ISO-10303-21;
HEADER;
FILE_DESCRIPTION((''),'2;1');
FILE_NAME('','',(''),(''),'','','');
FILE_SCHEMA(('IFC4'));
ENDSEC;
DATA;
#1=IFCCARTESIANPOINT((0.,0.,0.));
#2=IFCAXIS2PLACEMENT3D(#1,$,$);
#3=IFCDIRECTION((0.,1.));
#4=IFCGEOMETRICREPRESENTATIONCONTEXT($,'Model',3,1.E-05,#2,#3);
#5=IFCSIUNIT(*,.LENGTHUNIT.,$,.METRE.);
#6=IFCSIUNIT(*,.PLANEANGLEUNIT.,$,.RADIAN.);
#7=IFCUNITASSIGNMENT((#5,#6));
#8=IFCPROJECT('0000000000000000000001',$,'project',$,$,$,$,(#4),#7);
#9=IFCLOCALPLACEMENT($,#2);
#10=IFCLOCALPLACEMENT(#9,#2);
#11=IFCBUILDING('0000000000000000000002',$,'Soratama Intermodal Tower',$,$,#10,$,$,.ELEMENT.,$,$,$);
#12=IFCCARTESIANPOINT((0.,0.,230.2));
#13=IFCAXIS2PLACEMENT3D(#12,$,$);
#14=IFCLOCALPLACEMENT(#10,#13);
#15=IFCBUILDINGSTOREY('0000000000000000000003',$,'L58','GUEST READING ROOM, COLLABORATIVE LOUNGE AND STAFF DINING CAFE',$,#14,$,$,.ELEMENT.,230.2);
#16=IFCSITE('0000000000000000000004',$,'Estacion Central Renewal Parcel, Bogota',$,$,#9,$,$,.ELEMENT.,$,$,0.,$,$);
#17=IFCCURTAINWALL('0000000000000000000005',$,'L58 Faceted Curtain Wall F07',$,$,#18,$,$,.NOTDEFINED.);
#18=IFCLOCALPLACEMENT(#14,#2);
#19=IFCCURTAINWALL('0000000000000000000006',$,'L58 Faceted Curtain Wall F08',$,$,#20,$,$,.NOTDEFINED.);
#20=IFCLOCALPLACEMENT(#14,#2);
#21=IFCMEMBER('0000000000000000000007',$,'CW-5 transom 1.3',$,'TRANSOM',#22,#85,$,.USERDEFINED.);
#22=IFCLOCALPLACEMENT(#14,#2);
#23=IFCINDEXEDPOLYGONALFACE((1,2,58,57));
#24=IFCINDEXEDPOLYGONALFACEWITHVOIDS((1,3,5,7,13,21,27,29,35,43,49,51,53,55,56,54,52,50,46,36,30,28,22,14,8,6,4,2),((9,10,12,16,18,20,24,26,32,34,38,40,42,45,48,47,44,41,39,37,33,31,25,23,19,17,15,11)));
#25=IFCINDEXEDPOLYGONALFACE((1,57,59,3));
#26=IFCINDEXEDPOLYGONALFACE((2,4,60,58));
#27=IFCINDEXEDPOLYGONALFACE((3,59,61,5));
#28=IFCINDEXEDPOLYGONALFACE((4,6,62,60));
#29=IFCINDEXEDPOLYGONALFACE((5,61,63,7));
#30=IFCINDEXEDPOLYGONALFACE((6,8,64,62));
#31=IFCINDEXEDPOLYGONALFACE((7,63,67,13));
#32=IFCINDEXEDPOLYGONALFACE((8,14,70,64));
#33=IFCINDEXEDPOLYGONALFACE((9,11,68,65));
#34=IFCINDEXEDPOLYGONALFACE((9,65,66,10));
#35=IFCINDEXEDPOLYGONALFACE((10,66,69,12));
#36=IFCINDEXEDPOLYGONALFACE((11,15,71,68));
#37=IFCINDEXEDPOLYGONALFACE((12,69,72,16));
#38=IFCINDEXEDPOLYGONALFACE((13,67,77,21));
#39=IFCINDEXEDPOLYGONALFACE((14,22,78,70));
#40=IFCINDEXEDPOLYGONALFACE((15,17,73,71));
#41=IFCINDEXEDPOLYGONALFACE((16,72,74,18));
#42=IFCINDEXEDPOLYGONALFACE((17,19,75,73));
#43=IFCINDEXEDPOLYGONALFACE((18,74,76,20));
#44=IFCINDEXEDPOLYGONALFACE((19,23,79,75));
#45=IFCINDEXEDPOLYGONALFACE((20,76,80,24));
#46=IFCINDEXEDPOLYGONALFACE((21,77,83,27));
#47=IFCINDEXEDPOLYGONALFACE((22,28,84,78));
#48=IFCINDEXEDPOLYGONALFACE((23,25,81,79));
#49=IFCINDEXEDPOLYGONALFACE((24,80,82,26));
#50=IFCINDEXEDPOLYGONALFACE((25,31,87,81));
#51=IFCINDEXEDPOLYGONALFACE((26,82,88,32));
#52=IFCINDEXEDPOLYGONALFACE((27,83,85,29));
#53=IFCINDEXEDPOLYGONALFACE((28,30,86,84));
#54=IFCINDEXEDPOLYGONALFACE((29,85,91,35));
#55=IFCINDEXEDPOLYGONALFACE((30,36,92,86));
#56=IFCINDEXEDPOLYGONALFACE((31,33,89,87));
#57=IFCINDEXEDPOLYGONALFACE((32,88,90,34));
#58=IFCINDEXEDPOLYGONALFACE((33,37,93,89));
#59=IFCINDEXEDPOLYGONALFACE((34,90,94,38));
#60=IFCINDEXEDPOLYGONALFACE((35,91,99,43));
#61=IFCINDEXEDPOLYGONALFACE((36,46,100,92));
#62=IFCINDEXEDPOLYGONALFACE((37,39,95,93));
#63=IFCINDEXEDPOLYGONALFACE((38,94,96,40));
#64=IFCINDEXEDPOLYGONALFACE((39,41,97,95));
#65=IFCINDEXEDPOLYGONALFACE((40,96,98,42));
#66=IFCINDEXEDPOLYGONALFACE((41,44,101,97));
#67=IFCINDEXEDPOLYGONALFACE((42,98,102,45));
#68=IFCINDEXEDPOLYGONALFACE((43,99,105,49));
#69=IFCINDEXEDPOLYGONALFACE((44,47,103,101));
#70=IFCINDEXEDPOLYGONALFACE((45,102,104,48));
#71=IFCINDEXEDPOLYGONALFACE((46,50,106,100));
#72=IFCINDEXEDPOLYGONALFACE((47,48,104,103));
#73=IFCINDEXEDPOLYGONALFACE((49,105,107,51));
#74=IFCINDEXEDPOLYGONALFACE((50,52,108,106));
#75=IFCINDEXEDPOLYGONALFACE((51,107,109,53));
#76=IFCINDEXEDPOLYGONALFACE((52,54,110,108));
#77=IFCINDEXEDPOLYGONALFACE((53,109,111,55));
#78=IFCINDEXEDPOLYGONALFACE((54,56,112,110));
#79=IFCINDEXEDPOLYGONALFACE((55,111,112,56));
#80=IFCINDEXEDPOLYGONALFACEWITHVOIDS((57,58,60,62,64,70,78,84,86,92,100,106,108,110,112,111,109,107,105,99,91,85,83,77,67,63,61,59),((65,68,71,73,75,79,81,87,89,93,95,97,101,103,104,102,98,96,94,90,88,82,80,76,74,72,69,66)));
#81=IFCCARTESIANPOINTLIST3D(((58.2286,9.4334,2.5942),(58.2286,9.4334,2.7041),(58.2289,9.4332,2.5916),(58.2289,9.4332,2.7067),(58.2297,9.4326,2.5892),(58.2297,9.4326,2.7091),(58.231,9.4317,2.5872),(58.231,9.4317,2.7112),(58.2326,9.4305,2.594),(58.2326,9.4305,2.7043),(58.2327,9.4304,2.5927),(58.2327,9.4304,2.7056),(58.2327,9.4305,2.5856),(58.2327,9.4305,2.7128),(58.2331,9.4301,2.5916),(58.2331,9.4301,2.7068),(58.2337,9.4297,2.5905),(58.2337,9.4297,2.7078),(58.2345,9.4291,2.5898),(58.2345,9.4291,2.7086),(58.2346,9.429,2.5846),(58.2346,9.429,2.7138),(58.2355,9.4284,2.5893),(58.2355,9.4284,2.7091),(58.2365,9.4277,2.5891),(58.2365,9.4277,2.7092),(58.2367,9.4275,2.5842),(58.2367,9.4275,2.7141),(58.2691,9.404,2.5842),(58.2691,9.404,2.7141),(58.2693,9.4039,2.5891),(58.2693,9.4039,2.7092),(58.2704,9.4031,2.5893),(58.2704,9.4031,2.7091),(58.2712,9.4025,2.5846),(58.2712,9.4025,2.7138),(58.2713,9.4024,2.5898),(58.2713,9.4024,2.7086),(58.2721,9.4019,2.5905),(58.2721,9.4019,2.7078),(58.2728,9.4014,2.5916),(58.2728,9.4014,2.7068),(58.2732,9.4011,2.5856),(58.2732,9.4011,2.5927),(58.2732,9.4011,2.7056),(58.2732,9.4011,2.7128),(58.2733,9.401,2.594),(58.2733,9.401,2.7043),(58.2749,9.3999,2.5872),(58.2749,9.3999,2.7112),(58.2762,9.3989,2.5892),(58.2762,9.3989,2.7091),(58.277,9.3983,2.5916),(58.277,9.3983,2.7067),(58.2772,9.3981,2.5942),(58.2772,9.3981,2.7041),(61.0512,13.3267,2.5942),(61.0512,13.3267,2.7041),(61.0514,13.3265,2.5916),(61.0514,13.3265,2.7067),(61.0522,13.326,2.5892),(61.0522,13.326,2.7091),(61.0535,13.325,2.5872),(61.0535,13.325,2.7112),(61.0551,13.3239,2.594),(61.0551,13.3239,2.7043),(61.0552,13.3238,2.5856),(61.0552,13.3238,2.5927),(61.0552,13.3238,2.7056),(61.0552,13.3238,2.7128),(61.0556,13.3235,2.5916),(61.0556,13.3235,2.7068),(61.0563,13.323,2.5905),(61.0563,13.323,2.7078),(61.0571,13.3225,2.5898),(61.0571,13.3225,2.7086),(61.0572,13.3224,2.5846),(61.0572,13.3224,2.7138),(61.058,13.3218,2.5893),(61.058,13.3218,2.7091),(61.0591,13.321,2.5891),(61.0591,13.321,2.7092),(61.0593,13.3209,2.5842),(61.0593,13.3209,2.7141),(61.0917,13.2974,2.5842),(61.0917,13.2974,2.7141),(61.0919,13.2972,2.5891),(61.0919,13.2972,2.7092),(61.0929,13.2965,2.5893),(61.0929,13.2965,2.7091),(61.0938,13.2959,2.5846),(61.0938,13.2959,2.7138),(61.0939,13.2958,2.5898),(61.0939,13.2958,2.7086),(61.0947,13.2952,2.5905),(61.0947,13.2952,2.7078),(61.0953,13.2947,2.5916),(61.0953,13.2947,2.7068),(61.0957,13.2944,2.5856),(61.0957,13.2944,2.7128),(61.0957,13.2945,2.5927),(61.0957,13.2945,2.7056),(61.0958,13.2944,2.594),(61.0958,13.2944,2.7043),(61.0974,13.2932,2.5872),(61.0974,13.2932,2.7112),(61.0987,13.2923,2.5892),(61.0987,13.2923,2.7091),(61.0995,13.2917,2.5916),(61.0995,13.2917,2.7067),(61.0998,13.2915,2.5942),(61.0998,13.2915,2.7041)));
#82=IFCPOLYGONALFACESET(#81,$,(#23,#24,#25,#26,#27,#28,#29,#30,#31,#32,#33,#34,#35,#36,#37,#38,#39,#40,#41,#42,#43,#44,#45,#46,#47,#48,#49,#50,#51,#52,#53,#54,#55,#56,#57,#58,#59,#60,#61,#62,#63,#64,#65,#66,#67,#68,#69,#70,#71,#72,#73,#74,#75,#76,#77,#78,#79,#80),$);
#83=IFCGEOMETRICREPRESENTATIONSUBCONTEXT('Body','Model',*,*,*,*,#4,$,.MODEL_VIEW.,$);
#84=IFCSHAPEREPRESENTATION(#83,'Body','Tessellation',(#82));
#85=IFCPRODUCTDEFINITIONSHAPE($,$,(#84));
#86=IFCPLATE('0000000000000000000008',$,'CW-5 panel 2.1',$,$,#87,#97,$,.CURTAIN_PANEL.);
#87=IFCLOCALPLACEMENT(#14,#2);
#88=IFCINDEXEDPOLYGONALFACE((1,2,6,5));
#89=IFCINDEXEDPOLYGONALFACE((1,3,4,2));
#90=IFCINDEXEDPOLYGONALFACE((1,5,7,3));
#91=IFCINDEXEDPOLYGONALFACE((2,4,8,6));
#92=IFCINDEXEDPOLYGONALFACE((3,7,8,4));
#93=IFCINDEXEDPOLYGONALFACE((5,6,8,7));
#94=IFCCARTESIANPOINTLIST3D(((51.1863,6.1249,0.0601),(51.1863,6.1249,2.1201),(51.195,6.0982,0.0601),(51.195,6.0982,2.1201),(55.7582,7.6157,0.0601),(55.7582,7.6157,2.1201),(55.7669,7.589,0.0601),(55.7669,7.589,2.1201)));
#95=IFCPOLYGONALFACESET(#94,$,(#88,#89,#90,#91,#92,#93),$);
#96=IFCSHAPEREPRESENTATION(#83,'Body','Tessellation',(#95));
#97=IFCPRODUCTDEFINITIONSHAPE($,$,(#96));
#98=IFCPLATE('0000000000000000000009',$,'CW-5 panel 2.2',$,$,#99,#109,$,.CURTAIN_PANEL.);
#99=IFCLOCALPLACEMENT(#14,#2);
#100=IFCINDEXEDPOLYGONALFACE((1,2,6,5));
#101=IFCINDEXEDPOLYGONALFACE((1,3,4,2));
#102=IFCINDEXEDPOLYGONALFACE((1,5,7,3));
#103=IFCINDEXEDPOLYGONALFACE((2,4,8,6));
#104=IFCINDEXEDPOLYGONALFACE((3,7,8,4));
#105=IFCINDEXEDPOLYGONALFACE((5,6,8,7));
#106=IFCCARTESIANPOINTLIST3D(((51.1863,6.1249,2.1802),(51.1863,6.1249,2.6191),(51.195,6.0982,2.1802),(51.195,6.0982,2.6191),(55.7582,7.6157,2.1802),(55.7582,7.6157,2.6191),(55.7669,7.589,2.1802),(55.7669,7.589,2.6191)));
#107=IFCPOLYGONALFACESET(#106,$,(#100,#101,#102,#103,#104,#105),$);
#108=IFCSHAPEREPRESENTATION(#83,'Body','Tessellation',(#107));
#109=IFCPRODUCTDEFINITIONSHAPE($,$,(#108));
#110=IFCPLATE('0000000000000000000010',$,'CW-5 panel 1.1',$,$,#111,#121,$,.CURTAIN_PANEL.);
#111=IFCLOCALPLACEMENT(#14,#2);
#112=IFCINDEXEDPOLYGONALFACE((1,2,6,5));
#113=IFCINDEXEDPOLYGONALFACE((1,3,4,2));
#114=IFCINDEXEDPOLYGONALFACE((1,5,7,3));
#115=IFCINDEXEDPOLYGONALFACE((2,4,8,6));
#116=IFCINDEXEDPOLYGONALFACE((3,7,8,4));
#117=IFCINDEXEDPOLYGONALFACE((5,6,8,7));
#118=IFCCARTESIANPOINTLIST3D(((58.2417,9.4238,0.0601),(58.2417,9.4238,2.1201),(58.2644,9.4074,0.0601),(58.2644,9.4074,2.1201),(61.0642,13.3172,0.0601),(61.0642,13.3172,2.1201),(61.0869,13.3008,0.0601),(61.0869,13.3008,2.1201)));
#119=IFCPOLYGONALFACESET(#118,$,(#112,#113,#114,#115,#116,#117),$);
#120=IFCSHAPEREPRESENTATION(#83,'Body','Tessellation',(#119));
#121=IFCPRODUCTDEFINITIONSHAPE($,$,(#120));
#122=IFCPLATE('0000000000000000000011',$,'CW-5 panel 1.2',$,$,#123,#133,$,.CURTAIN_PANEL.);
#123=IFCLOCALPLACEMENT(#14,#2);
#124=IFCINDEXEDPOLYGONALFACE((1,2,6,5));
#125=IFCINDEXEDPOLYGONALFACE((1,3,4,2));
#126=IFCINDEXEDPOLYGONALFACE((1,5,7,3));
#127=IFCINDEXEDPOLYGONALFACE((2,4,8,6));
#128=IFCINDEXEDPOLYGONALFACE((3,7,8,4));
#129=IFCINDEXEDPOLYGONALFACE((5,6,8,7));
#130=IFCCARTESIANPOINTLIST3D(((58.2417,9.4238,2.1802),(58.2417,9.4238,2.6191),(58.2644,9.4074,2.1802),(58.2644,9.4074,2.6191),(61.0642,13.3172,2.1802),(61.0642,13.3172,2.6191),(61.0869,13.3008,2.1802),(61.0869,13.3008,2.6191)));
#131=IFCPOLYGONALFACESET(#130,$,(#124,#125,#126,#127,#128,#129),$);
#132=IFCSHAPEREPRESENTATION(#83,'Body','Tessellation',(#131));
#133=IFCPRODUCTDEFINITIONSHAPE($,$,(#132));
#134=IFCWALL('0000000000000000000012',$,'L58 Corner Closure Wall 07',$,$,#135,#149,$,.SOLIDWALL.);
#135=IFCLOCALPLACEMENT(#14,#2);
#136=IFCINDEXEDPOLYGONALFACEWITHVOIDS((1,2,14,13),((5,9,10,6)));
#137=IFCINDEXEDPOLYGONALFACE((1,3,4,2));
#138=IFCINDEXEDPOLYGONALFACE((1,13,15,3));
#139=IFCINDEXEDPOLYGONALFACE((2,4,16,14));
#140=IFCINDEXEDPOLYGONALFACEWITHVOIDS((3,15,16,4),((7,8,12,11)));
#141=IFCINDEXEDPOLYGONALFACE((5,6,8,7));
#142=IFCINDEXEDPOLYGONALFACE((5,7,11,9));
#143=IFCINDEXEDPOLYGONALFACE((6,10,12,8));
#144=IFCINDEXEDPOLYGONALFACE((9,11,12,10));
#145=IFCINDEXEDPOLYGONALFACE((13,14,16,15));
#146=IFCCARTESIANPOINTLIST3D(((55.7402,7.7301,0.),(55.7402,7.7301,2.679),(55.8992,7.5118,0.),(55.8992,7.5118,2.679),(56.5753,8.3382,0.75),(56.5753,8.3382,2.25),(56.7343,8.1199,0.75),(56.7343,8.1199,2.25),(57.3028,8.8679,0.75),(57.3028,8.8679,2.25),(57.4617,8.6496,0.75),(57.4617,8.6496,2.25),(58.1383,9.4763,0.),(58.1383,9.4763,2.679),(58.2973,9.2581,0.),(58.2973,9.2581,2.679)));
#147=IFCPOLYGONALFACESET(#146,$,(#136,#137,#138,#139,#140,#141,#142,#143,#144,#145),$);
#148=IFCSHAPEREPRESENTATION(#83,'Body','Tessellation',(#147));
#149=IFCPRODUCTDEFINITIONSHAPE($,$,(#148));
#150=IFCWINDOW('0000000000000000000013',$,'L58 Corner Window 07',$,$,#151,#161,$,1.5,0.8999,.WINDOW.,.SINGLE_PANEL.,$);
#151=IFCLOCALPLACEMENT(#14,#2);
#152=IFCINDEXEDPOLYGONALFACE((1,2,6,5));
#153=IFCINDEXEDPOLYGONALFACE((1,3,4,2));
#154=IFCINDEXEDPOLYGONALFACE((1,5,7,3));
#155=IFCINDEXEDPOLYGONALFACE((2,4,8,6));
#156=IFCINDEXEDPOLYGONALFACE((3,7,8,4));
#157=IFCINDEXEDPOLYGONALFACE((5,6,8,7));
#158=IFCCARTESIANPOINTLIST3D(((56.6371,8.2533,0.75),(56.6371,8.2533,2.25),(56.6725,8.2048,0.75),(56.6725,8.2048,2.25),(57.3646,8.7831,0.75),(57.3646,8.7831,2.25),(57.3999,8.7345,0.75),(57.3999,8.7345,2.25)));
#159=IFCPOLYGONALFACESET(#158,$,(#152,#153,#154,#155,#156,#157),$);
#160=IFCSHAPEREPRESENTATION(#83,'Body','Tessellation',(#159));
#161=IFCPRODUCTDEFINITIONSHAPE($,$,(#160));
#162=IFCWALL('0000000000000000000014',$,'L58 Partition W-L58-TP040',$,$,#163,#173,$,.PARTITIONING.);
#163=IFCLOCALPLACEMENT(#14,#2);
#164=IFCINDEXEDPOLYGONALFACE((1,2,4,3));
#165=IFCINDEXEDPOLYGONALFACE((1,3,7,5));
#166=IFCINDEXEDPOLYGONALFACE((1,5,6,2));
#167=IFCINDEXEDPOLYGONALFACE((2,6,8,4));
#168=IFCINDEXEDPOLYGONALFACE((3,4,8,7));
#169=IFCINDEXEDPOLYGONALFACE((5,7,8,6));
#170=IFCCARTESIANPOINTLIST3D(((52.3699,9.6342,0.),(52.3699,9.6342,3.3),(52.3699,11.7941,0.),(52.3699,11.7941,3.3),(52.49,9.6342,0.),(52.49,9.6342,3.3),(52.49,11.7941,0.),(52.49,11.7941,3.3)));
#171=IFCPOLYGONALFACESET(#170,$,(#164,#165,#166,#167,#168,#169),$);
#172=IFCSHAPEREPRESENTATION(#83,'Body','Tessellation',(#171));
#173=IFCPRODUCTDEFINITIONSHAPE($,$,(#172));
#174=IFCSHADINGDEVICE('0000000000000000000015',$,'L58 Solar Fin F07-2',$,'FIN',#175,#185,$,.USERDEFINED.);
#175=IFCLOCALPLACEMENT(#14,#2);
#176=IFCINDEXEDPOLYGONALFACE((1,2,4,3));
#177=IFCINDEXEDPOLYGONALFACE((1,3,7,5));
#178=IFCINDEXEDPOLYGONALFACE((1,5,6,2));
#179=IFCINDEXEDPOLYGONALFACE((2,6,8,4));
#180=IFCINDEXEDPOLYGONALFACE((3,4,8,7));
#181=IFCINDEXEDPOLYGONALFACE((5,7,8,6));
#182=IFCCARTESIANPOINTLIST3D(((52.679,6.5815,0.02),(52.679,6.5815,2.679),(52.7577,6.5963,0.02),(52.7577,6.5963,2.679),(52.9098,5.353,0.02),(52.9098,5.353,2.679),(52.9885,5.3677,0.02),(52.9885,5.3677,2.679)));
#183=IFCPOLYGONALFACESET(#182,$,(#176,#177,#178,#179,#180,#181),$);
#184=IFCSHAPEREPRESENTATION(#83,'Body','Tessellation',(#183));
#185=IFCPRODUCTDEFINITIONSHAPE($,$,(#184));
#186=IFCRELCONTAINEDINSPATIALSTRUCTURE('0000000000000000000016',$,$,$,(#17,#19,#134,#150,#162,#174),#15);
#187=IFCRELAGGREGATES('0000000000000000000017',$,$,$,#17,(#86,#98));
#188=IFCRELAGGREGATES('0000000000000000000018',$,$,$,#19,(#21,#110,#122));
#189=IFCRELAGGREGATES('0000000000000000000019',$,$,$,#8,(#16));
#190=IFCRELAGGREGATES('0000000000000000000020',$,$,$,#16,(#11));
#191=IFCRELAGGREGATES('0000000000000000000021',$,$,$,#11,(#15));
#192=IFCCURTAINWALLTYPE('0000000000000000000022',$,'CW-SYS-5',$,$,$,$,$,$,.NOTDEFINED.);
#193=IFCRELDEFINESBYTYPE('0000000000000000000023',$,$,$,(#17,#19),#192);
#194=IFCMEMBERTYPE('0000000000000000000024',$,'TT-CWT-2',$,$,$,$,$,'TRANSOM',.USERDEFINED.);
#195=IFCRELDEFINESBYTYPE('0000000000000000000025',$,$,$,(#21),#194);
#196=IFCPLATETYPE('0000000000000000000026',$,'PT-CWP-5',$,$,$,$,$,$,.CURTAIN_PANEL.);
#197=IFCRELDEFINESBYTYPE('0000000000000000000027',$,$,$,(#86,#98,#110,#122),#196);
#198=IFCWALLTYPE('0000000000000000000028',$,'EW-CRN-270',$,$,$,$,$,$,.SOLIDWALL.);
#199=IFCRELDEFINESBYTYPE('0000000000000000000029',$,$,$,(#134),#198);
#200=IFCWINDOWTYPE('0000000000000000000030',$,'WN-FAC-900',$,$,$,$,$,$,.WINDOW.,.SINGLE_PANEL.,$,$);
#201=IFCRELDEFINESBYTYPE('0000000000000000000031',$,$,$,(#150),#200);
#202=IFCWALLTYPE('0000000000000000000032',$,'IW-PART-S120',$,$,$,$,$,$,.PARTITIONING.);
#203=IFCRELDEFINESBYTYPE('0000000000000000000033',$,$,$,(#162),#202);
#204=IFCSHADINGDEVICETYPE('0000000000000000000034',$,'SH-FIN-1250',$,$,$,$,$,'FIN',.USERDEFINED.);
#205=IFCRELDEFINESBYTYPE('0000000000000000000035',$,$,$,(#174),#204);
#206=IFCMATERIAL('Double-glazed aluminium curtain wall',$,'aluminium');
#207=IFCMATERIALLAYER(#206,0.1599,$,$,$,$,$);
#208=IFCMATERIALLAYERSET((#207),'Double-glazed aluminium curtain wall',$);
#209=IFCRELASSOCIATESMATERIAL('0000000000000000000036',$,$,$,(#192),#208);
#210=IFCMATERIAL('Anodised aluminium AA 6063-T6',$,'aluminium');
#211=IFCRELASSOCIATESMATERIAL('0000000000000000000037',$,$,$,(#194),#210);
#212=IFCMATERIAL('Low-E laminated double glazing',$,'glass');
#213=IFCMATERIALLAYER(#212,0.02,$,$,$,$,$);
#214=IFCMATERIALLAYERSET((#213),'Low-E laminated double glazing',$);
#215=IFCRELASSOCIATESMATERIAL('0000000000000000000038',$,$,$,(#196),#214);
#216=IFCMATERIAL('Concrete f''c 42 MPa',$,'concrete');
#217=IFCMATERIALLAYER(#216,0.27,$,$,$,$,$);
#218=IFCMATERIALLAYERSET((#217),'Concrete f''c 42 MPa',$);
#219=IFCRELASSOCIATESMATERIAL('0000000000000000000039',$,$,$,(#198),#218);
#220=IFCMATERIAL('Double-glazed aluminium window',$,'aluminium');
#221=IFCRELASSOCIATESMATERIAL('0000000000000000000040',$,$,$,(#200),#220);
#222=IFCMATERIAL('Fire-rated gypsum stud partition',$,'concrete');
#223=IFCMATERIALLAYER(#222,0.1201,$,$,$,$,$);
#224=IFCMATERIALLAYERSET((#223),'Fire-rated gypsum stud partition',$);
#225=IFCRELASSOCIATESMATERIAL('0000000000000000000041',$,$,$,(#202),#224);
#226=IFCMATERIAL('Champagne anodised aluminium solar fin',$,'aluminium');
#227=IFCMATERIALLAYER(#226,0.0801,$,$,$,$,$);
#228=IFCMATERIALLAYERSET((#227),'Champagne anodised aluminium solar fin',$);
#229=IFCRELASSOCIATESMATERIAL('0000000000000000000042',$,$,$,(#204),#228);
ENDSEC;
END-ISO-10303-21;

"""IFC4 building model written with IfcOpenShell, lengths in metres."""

from ifc_helpers import new_model, si_unit, direction, frame, frame_2d, origin, origin_2d, place, context, subcontext, project, spatial, rectangle, hollow_rectangle, extrude, material, layer, layer_set, material_profile, profile_set, type_object, element, fill, aggregate, save


model = new_model("IFC4")

# Units and contexts
model_context = context("Model", 3, precision=1e-05, world=origin(), true_north=direction((0.0, 1.0)))
body_context = subcontext(model_context, "Body", "Model", "MODEL_VIEW")
ifc_project = project(units=[si_unit("LENGTHUNIT", "METRE"), si_unit("PLANEANGLEUNIT", "RADIAN")], contexts=[model_context])

# Site, building, storey
site_placement = place(None, origin())
site = spatial("IfcSite", under=ifc_project, at=site_placement, Name="Estacion Central Renewal Parcel, Bogota", CompositionType="ELEMENT", RefElevation=0.0)
building_placement = place(site_placement, origin())
building = spatial("IfcBuilding", under=site, at=building_placement, Name="Soratama Intermodal Tower", CompositionType="ELEMENT")
storey_placement = place(building_placement, frame((0.0, 0.0, 230.2)))
storey = spatial("IfcBuildingStorey", under=building, at=storey_placement, Name="L58", Description="GUEST READING ROOM, COLLABORATIVE LOUNGE AND STAFF DINING CAFE", CompositionType="ELEMENT", Elevation=230.2)

# Curtain walls
ifc_material_1 = material(Name="Double-glazed aluminium curtain wall", Category="aluminium")
ifc_layer_1 = layer(ifc_material_1, 0.1599)
ifc_layer_set_1 = layer_set([ifc_layer_1], Name="Double-glazed aluminium curtain wall")
curtain_wall_type = type_object("IfcCurtainWallType", Name="CW-SYS-5", PredefinedType="NOTDEFINED", material=ifc_layer_set_1)
curtain_wall_1_placement = place(storey_placement, origin())
curtain_wall_1 = element("IfcCurtainWall", 1, at=curtain_wall_1_placement, inside=storey, type_object=curtain_wall_type, Name="L58 Faceted Curtain Wall F07", PredefinedType="NOTDEFINED")
curtain_wall_2_placement = place(storey_placement, origin())
curtain_wall_2 = element("IfcCurtainWall", 2, at=curtain_wall_2_placement, inside=storey, type_object=curtain_wall_type, Name="L58 Faceted Curtain Wall F08", PredefinedType="NOTDEFINED")

# Member
ifc_material_2 = material(Name="Anodised aluminium AA 6063-T6", Category="aluminium")
ifc_material_profile_1 = material_profile(ifc_material_2, hollow_rectangle(XDim=0.0601, YDim=0.1299, WallThickness=0.0049, InnerFilletRadius=0.0049, OuterFilletRadius=0.01, at=origin_2d()), Name="CWT130X60X5")
ifc_profile_set_1 = profile_set([ifc_material_profile_1], Name="Anodised aluminium AA 6063-T6")
member_type_1 = type_object("IfcMemberType", Name="TT-CWT-2", ElementType="TRANSOM", PredefinedType="USERDEFINED", material=ifc_profile_set_1)
member_1_placement = place(storey_placement, frame((58.2529, 9.4158, 2.6492), z_axis=(0.586948, 0.809624, 0.0), x_axis=(-0.809624, 0.586948, 0.0)))
member_1 = element("IfcMember", 3, at=member_1_placement, type_object=member_type_1, Name="CW-5 transom 1.3", ObjectType="TRANSOM", PredefinedType="USERDEFINED", context=body_context, shape_type="SweptSolid", body=[
    extrude(hollow_rectangle(XDim=0.0601, YDim=0.1299, WallThickness=0.0049, InnerFilletRadius=0.0049, OuterFilletRadius=0.01, at=origin_2d()), origin(), (0.0, 0.0, 1.0), 4.8088),
])

# Plates
ifc_material_3 = material(Name="Low-E laminated double glazing", Category="glass")
ifc_layer_2 = layer(ifc_material_3, 0.02)
ifc_layer_set_2 = layer_set([ifc_layer_2], Name="Low-E laminated double glazing")
plate_type = type_object("IfcPlateType", Name="PT-CWP-5", PredefinedType="CURTAIN_PANEL", material=ifc_layer_set_2)
plate_1_placement = place(storey_placement, frame((53.4766, 6.8569, 0.0601), z_axis=(0.0, 0.0, 1.0), x_axis=(0.950732, 0.310014, 0.0)))
plate_1 = element("IfcPlate", 4, at=plate_1_placement, type_object=plate_type, Name="CW-5 panel 2.1", PredefinedType="CURTAIN_PANEL", context=body_context, shape_type="SweptSolid", body=[
    extrude(rectangle(XDim=4.8088, YDim=0.0281, at=origin_2d()), origin(), (0.0, 0.0, 1.0), 2.0601),
])
plate_2_placement = place(storey_placement, frame((53.4766, 6.8569, 2.1802), z_axis=(0.0, 0.0, 1.0), x_axis=(0.950732, 0.310014, 0.0)))
plate_2 = element("IfcPlate", 5, at=plate_2_placement, type_object=plate_type, Name="CW-5 panel 2.2", PredefinedType="CURTAIN_PANEL", context=body_context, shape_type="SweptSolid", body=[
    extrude(rectangle(XDim=4.8088, YDim=0.0281, at=origin_2d()), origin(), (0.0, 0.0, 1.0), 0.439),
])
aggregate(curtain_wall_1, [plate_1, plate_2])
plate_3_placement = place(storey_placement, frame((59.6643, 11.3623, 0.0601), z_axis=(0.0, 0.0, 1.0), x_axis=(0.586937, 0.809633, 0.0)))
plate_3 = element("IfcPlate", 6, at=plate_3_placement, type_object=plate_type, Name="CW-5 panel 1.1", PredefinedType="CURTAIN_PANEL", context=body_context, shape_type="SweptSolid", body=[
    extrude(rectangle(XDim=4.8088, YDim=0.0281, at=origin_2d()), origin(), (0.0, 0.0, 1.0), 2.0601),
])
plate_4_placement = place(storey_placement, frame((59.6643, 11.3623, 2.1802), z_axis=(0.0, 0.0, 1.0), x_axis=(0.586937, 0.809633, 0.0)))
plate_4 = element("IfcPlate", 7, at=plate_4_placement, type_object=plate_type, Name="CW-5 panel 1.2", PredefinedType="CURTAIN_PANEL", context=body_context, shape_type="SweptSolid", body=[
    extrude(rectangle(XDim=4.8088, YDim=0.0281, at=origin_2d()), origin(), (0.0, 0.0, 1.0), 0.439),
])
aggregate(curtain_wall_2, [member_1, plate_3, plate_4])

# Wall, opening, window
ifc_material_4 = material(Name="Concrete f'c 42 MPa", Category="concrete")
ifc_layer_3 = layer(ifc_material_4, 0.27)
ifc_layer_set_3 = layer_set([ifc_layer_3], Name="Concrete f'c 42 MPa")
wall_type_1 = type_object("IfcWallType", Name="EW-CRN-270", PredefinedType="SOLIDWALL", material=ifc_layer_set_3)
wall_1_placement = place(storey_placement, frame((55.8196, 7.6208, 0.0), z_axis=(0.0, 0.0, 1.0), x_axis=(0.808384, 0.588656, 0.0)))
wall_1 = element("IfcWall", 8, at=wall_1_placement, inside=storey, type_object=wall_type_1, Name="L58 Corner Closure Wall 07", PredefinedType="SOLIDWALL", context=body_context, shape_type="SweptSolid", body=[
    extrude(rectangle(XDim=2.9666, YDim=0.27, at=frame_2d((1.4834, 0.0))), origin(), (0.0, 0.0, 1.0), 2.679),
])
opening_placement = place(wall_1_placement, frame((1.0332, 0.0, 0.75)))
opening = element("IfcOpeningElement", 9, at=opening_placement, cuts=wall_1, PredefinedType="OPENING", context=body_context, shape_type="SweptSolid", body=[
    extrude(rectangle(XDim=0.8999, YDim=1.5, at=frame_2d((0.45, 0.75))), frame((0.0, 0.145, 0.0), z_axis=(0.0, -1.0, 0.0), x_axis=(1.0, 0.0, 0.0)), (0.0, 0.0, 1.0), 0.29),
])
ifc_material_5 = material(Name="Double-glazed aluminium window", Category="aluminium")
window_type = type_object("IfcWindowType", Name="WN-FAC-900", PartitioningType="SINGLE_PANEL", PredefinedType="WINDOW", material=ifc_material_5)
window_placement = place(opening_placement, origin())
window = element("IfcWindow", 10, at=window_placement, inside=storey, type_object=window_type, Name="L58 Corner Window 07", OverallHeight=1.5, OverallWidth=0.8999, PartitioningType="SINGLE_PANEL", PredefinedType="WINDOW", context=body_context, shape_type="SweptSolid", body=[
    extrude(rectangle(XDim=0.8999, YDim=1.5, at=frame_2d((0.45, 0.75))), frame((0.0, 0.03, 0.0), z_axis=(0.0, -1.0, 0.0), x_axis=(1.0, 0.0, 0.0)), (0.0, 0.0, 1.0), 0.0601),
])
fill(opening, window)

# Wall
ifc_material_6 = material(Name="Fire-rated gypsum stud partition", Category="concrete")
ifc_layer_4 = layer(ifc_material_6, 0.1201)
ifc_layer_set_4 = layer_set([ifc_layer_4], Name="Fire-rated gypsum stud partition")
wall_type_2 = type_object("IfcWallType", Name="IW-PART-S120", PredefinedType="PARTITIONING", material=ifc_layer_set_4)
wall_2_placement = place(storey_placement, frame((52.4299, 9.634, 0.0), z_axis=(0.0, 0.0, 1.0), x_axis=(0.0, 1.0, 0.0)))
element("IfcWall", 11, at=wall_2_placement, inside=storey, type_object=wall_type_2, Name="L58 Partition W-L58-TP040", PredefinedType="PARTITIONING", context=body_context, shape_type="SweptSolid", body=[
    extrude(rectangle(XDim=2.1599, YDim=0.1201, at=frame_2d((1.0801, 0.0))), origin(), (0.0, 0.0, 1.0), 3.3),
])

# Shading device
ifc_material_7 = material(Name="Champagne anodised aluminium solar fin", Category="aluminium")
ifc_layer_5 = layer(ifc_material_7, 0.0801)
ifc_layer_set_5 = layer_set([ifc_layer_5], Name="Champagne anodised aluminium solar fin")
shading_device_type = type_object("IfcShadingDeviceType", Name="SH-FIN-1250", ElementType="FIN", PredefinedType="USERDEFINED", material=ifc_layer_set_5)
shading_device_placement = place(storey_placement, frame((52.8337, 5.9746, 0.02), z_axis=(0.0, 0.0, 1.0), x_axis=(0.184638, -0.982807, 0.0)))
element("IfcShadingDevice", 12, at=shading_device_placement, inside=storey, type_object=shading_device_type, Name="L58 Solar Fin F07-2", ObjectType="FIN", PredefinedType="USERDEFINED", context=body_context, shape_type="SweptSolid", body=[
    extrude(rectangle(XDim=1.25, YDim=0.0801, at=origin_2d()), origin(), (0.0, 0.0, 1.0), 2.6589),
])

save(model, "model.ifc")
